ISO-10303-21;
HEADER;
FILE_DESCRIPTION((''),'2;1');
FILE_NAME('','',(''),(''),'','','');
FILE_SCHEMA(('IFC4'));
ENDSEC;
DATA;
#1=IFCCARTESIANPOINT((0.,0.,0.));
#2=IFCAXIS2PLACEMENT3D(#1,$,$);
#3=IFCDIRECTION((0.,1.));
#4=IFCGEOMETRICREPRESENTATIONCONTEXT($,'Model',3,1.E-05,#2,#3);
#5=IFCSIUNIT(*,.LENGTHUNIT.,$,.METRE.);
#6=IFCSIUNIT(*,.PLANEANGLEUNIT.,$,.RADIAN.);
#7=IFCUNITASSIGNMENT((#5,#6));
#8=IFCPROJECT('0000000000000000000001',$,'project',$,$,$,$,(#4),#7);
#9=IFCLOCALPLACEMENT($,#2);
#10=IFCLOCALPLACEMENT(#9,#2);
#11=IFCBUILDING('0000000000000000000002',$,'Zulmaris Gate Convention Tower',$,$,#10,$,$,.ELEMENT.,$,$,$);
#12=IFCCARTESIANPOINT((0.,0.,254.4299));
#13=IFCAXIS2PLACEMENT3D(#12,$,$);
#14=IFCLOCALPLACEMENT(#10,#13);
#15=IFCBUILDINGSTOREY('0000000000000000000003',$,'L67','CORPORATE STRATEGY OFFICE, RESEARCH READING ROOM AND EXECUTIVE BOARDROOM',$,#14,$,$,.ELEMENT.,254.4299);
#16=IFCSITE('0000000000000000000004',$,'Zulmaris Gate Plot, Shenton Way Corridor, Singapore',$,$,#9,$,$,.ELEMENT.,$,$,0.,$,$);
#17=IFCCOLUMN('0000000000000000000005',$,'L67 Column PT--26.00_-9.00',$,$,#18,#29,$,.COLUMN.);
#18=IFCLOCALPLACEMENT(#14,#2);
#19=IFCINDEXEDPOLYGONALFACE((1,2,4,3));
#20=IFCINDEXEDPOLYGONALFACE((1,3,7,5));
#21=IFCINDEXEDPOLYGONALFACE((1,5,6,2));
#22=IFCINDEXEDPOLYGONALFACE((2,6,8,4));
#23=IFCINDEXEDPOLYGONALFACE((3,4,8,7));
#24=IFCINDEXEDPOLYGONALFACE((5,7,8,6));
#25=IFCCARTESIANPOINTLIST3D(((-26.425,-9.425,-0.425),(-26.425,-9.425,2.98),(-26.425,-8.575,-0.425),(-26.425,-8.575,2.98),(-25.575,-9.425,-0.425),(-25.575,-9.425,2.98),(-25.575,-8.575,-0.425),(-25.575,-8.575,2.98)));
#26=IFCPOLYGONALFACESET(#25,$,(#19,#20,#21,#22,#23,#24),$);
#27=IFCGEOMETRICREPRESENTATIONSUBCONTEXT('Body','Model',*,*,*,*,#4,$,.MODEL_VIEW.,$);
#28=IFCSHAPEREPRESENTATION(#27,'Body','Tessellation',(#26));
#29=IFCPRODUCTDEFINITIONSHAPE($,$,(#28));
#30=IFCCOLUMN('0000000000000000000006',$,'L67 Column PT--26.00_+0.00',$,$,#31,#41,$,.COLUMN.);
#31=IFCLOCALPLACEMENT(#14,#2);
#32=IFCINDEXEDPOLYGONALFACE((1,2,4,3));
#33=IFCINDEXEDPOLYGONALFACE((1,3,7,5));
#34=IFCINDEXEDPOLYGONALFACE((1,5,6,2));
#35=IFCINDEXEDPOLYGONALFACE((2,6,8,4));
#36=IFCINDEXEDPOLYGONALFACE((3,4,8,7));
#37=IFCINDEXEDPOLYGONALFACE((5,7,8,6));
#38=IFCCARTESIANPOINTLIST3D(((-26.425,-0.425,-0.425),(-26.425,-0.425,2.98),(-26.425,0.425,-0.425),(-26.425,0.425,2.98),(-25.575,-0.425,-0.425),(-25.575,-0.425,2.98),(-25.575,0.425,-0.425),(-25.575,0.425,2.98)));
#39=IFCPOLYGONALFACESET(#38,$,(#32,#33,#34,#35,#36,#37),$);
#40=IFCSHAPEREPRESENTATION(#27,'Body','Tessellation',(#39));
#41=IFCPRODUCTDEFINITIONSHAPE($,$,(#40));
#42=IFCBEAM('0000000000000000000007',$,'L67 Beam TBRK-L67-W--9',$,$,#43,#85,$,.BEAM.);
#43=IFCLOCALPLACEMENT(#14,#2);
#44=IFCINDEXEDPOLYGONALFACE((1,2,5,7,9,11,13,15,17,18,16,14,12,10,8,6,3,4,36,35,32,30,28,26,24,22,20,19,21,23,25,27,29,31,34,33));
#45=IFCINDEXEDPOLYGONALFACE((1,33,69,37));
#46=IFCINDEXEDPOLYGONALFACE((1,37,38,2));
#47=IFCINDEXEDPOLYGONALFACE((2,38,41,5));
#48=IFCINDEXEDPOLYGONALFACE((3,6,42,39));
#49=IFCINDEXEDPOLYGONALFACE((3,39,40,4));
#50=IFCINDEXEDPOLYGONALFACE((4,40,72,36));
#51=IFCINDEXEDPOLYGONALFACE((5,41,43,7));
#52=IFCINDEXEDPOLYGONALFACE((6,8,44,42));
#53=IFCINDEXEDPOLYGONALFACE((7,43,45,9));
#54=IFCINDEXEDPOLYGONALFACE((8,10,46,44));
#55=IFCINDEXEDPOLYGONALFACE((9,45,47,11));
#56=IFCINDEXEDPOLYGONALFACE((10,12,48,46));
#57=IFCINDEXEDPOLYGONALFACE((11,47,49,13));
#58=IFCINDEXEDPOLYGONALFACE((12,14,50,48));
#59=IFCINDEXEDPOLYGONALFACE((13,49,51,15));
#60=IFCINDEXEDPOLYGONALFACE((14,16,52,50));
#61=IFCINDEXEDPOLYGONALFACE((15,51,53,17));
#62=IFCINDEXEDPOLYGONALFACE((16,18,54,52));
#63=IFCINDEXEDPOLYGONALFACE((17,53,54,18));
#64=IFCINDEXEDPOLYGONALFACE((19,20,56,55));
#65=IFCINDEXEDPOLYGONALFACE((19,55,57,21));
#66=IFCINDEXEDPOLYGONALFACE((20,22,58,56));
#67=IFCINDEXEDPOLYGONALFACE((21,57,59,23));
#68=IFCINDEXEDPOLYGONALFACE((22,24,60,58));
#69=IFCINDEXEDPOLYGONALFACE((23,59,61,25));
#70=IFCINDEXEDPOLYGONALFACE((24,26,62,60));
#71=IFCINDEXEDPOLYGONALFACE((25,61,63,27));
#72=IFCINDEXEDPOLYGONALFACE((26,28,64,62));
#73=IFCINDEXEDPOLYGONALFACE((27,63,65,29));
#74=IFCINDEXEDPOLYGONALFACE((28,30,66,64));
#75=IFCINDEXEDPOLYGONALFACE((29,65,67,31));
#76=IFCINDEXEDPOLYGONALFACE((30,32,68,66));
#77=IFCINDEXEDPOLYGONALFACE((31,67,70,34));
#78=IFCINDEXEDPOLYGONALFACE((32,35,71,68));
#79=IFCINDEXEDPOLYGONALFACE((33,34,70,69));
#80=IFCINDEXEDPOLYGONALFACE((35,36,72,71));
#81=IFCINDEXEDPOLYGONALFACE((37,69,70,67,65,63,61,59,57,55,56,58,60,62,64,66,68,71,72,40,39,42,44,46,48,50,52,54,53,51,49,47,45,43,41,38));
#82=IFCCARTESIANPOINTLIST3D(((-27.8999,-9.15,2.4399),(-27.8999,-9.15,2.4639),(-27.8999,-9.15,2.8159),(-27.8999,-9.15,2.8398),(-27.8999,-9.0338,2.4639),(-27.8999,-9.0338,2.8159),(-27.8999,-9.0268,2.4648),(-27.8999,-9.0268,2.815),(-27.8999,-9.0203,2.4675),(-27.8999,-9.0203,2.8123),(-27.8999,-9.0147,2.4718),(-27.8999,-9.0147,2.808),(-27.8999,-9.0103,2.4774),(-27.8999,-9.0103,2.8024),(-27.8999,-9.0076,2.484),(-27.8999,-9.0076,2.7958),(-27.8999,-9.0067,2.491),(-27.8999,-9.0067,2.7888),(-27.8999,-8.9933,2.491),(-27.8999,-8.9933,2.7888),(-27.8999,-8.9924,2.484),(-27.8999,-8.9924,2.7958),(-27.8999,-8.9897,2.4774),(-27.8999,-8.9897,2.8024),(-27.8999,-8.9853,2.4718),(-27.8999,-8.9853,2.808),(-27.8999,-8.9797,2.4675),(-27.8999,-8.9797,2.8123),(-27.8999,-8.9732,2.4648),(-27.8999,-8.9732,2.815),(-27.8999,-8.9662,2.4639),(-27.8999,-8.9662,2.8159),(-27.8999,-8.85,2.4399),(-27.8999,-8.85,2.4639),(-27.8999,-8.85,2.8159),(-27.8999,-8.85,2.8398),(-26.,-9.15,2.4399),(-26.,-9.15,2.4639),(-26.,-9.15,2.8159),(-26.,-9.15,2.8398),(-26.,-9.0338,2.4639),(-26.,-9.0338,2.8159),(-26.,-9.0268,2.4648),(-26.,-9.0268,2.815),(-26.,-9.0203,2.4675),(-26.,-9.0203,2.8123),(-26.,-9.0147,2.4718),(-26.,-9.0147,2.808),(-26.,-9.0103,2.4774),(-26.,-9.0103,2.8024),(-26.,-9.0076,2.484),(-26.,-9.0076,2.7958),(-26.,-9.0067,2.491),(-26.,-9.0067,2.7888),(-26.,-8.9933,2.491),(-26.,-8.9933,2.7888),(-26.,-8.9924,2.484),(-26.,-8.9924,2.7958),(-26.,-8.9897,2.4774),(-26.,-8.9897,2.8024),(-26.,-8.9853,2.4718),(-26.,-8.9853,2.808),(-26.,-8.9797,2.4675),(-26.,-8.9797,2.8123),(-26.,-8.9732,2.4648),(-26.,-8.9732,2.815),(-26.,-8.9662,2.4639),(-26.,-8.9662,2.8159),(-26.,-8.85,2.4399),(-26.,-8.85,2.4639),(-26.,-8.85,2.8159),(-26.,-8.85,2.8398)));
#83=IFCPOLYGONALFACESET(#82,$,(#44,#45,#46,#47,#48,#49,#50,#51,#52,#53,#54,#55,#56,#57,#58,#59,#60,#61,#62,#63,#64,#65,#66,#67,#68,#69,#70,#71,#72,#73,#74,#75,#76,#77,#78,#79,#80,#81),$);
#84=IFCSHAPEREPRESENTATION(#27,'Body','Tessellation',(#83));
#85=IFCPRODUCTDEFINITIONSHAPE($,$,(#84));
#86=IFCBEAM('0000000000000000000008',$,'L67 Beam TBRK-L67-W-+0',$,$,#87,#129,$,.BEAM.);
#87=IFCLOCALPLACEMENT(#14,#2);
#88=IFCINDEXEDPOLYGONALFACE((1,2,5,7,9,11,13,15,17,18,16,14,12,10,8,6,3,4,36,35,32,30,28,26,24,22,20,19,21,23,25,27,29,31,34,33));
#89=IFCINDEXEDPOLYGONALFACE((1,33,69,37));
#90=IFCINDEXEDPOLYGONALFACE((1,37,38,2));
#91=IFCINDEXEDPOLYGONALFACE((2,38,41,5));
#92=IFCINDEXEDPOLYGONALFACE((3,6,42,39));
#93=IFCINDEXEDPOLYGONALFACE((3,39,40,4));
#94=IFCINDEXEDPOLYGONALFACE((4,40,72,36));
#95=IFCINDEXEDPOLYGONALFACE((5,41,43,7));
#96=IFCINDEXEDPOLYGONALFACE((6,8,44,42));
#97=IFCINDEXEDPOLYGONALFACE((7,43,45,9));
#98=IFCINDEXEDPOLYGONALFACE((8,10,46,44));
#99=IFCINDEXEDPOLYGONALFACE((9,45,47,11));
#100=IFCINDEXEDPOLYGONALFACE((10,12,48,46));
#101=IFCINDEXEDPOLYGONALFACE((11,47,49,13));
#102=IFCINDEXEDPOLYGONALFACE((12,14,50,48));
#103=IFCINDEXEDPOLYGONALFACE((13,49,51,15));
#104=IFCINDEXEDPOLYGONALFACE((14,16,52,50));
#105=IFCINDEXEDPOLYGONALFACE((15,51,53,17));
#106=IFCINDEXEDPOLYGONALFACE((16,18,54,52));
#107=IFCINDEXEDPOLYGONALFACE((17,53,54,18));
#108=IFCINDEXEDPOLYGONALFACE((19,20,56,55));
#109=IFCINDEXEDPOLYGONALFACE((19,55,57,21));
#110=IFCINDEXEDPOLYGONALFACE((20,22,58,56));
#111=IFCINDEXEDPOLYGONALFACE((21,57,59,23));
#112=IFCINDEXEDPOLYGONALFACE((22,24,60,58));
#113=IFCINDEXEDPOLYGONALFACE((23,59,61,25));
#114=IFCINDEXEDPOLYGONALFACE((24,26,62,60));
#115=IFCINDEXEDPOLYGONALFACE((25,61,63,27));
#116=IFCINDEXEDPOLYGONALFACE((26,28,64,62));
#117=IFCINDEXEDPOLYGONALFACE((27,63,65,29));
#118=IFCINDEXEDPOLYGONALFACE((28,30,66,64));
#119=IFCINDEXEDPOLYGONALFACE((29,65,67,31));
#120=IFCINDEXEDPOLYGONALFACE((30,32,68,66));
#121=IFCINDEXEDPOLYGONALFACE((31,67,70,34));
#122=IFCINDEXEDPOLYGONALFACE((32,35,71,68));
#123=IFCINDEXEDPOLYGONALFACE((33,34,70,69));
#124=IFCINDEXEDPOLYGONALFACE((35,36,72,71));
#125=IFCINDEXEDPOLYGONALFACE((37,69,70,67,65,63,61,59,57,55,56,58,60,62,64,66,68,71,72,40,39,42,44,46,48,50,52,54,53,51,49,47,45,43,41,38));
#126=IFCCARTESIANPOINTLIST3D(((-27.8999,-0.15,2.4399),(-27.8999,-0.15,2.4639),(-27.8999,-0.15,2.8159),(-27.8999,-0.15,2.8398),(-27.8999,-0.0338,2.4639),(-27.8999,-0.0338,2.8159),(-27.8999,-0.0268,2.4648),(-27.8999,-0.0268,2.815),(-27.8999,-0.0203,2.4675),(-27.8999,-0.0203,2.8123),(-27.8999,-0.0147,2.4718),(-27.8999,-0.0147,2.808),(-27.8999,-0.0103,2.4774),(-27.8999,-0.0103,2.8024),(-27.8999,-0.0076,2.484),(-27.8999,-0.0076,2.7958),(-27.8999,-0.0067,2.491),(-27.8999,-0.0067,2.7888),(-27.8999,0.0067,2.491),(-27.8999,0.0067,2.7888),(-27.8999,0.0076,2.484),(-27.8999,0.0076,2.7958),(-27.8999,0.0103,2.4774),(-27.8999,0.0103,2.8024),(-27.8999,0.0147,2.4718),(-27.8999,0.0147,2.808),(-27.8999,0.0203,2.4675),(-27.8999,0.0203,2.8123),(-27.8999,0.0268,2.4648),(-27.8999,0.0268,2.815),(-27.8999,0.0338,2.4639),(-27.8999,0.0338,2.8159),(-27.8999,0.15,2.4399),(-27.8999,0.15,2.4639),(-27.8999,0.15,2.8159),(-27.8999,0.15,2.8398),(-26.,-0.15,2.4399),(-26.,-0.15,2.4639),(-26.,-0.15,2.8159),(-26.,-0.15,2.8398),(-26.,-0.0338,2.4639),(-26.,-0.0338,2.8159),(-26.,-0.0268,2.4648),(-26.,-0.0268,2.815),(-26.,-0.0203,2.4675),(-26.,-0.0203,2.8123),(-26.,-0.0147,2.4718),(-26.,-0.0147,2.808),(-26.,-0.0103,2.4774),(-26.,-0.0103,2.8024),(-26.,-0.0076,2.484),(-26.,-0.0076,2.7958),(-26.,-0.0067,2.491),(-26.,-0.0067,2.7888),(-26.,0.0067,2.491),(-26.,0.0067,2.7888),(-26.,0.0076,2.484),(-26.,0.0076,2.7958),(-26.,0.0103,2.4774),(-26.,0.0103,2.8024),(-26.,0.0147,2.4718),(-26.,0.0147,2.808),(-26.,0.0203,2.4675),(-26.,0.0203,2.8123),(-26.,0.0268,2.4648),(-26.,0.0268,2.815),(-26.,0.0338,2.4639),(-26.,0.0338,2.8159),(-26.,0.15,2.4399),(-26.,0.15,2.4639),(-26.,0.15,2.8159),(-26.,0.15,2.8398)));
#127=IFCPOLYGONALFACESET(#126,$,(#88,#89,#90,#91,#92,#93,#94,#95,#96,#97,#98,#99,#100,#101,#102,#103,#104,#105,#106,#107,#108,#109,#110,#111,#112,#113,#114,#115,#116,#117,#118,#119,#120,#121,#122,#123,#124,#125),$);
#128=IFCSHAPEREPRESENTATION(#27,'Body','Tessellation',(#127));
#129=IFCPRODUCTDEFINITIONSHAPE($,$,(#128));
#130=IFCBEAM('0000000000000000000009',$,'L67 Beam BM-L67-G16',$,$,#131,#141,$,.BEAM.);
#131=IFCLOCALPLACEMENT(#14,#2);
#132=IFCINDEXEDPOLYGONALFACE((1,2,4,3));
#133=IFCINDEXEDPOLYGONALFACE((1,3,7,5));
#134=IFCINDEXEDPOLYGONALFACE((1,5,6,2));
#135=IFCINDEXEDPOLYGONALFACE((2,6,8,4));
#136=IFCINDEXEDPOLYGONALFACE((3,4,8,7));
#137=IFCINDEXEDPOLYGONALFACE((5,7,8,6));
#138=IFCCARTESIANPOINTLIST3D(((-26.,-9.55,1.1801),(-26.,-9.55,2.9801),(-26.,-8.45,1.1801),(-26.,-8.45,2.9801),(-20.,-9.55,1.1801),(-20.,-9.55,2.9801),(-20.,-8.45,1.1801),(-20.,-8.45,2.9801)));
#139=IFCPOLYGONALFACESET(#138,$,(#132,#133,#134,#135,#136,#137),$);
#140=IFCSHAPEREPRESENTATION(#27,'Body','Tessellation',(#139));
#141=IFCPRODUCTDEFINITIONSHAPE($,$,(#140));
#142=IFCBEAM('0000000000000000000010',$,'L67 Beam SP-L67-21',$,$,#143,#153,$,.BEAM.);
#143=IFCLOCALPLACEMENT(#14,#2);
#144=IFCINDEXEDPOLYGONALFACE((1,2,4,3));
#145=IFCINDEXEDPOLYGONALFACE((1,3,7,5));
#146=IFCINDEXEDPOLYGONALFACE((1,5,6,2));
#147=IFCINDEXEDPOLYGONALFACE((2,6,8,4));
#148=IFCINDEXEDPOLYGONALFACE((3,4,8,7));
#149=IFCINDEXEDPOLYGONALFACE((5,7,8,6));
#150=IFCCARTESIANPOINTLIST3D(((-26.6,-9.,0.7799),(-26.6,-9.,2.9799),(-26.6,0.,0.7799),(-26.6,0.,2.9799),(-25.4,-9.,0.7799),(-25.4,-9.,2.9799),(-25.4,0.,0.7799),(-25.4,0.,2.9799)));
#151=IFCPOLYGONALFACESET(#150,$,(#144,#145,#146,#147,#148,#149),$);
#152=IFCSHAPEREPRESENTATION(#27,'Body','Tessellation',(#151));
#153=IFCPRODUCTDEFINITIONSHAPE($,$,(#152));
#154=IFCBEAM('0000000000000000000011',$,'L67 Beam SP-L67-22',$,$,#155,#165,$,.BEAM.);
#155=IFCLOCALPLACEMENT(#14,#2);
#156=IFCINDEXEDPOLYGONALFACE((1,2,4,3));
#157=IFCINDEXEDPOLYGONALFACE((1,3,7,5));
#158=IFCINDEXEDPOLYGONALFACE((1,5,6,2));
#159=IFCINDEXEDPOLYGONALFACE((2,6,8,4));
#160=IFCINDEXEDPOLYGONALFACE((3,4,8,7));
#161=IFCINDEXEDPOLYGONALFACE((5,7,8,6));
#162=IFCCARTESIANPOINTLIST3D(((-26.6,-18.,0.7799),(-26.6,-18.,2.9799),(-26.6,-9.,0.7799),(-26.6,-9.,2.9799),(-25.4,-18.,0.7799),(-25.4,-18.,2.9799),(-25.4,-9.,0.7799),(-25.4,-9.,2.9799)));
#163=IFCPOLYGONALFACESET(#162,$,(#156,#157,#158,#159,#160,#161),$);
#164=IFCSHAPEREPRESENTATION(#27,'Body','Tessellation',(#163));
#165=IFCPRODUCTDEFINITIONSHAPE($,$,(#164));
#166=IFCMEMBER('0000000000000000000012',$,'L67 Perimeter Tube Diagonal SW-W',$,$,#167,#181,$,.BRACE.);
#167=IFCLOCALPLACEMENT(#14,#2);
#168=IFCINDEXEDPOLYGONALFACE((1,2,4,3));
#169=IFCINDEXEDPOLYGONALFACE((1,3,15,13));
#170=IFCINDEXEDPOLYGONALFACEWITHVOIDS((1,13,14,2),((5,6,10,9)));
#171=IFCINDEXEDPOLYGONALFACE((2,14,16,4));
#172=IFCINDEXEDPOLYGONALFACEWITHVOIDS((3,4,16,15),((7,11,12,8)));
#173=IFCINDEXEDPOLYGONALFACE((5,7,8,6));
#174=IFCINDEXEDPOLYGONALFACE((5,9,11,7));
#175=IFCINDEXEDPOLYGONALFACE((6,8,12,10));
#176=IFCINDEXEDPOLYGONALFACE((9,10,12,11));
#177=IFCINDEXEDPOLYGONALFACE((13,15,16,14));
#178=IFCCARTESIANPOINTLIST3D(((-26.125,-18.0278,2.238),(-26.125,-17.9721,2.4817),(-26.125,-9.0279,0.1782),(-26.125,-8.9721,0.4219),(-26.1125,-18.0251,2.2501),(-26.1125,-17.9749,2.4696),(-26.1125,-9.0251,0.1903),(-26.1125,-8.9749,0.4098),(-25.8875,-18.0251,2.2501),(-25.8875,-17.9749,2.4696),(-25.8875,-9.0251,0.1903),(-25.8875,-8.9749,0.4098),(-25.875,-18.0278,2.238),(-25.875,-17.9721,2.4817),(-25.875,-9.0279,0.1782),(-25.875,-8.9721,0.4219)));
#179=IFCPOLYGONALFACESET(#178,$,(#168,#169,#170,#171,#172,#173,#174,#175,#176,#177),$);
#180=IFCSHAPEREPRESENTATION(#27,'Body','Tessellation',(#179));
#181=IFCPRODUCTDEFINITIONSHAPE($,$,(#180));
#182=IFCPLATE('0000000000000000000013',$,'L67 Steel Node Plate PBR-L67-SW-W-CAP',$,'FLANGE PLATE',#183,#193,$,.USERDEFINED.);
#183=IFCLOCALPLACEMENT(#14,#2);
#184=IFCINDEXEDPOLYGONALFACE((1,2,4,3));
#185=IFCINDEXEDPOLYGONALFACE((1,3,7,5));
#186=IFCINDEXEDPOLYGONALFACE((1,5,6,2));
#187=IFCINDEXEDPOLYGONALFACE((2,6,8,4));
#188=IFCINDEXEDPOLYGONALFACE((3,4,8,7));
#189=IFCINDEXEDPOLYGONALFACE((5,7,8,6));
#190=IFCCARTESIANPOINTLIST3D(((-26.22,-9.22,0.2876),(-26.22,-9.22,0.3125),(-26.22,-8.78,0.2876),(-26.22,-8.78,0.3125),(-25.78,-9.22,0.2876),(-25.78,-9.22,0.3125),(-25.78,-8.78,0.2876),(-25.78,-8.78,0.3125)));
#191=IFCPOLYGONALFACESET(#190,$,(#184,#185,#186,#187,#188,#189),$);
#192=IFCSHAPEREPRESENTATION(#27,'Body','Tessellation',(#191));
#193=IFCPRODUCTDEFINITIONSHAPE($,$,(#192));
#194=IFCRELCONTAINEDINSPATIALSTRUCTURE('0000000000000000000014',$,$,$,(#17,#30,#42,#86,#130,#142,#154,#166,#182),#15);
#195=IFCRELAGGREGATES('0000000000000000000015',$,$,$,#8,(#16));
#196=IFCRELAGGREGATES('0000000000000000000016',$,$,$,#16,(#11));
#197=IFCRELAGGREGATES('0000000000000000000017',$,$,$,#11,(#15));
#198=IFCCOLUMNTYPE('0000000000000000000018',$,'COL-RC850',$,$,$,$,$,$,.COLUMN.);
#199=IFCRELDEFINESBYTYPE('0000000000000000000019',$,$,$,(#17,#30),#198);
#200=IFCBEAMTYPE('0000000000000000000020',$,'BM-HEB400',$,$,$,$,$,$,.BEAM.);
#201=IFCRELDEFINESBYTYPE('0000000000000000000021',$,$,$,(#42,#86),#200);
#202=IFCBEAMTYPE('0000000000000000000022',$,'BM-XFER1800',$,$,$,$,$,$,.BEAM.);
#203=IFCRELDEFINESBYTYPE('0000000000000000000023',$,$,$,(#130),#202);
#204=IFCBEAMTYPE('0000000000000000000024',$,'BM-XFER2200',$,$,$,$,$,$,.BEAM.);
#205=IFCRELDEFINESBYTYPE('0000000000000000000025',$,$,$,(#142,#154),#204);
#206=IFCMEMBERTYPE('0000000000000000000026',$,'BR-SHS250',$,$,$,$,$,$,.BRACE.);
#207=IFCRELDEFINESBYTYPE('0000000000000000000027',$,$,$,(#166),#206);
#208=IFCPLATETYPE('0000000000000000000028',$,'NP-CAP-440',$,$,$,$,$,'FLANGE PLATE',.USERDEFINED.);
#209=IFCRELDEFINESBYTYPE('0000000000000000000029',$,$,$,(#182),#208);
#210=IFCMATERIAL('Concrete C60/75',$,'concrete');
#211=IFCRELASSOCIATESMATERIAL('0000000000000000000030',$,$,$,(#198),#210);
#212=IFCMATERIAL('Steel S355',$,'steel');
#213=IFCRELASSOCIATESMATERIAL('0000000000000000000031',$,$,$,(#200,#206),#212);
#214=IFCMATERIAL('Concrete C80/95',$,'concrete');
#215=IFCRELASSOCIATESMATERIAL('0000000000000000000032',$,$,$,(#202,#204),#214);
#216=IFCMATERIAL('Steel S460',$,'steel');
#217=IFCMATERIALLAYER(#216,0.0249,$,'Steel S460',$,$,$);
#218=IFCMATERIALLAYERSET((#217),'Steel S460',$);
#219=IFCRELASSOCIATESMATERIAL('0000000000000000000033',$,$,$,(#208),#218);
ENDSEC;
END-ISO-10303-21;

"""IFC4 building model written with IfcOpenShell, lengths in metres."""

from ifc_helpers import new_model, si_unit, direction, frame, origin, origin_2d, place, context, subcontext, project, spatial, rectangle, hollow_rectangle, i_section, extrude, material, layer, layer_set, material_profile, profile_set, type_object, element, save


model = new_model("IFC4")

# Units and contexts
model_context = context("Model", 3, precision=1e-05, world=origin(), true_north=direction((0.0, 1.0)))
body_context = subcontext(model_context, "Body", "Model", "MODEL_VIEW")
ifc_project = project(units=[si_unit("LENGTHUNIT", "METRE"), si_unit("PLANEANGLEUNIT", "RADIAN")], contexts=[model_context])

# Site, building, storey
site_placement = place(None, origin())
site = spatial("IfcSite", under=ifc_project, at=site_placement, Name="Zulmaris Gate Plot, Shenton Way Corridor, Singapore", CompositionType="ELEMENT", RefElevation=0.0)
building_placement = place(site_placement, origin())
building = spatial("IfcBuilding", under=site, at=building_placement, Name="Zulmaris Gate Convention Tower", CompositionType="ELEMENT")
storey_placement = place(building_placement, frame((0.0, 0.0, 254.4299)))
storey = spatial("IfcBuildingStorey", under=building, at=storey_placement, Name="L67", Description="CORPORATE STRATEGY OFFICE, RESEARCH READING ROOM AND EXECUTIVE BOARDROOM", CompositionType="ELEMENT", Elevation=254.4299)

# Columns
ifc_material_1 = material(Name="Concrete C60/75", Category="concrete")
ifc_material_profile_1 = material_profile(ifc_material_1, rectangle(XDim=0.8501, YDim=0.8501, at=origin_2d()), Name="RC COL 850x850")
ifc_profile_set_1 = profile_set([ifc_material_profile_1], Name="Concrete C60/75")
column_type = type_object("IfcColumnType", Name="COL-RC850", PredefinedType="COLUMN", material=ifc_profile_set_1)
for number, where, z_axis, x_axis, name in (
    (1, (-26.0, -9.0, -0.425), (0.0, 0.0, 1.0), (1.0, 0.0, 0.0), "L67 Column PT--26.00_-9.00"),
    (2, (-26.0, 0.0, -0.425), (0.0, 0.0, 1.0), (1.0, 0.0, 0.0), "L67 Column PT--26.00_+0.00"),
):
    element("IfcColumn", number, at=place(storey_placement, frame(where, z_axis=z_axis, x_axis=x_axis)), inside=storey, type_object=column_type, Name=name, PredefinedType="COLUMN", context=body_context, shape_type="SweptSolid", body=[
        extrude(rectangle(XDim=0.8501, YDim=0.8501, at=origin_2d()), origin(), (0.0, 0.0, 1.0), 3.405),
    ])

# Beams
ifc_material_2 = material(Name="Steel S355", Category="steel")
ifc_material_profile_2 = material_profile(ifc_material_2, i_section(OverallWidth=0.3, OverallDepth=0.3999, WebThickness=0.0134, FlangeThickness=0.0239, FilletRadius=0.0271, at=origin_2d()), Name="HEB 400")
ifc_profile_set_2 = profile_set([ifc_material_profile_2], Name="Steel S355")
beam_type_1 = type_object("IfcBeamType", Name="BM-HEB400", PredefinedType="BEAM", material=ifc_profile_set_2)
for number, where, z_axis, x_axis, name in (
    (3, (-27.8999, -9.0, 2.6399), (1.0, 0.0, 0.0), (0.0, 1.0, 0.0), "L67 Beam TBRK-L67-W--9"),
    (4, (-27.8999, 0.0, 2.6399), (1.0, 0.0, 0.0), (0.0, 1.0, 0.0), "L67 Beam TBRK-L67-W-+0"),
):
    element("IfcBeam", number, at=place(storey_placement, frame(where, z_axis=z_axis, x_axis=x_axis)), inside=storey, type_object=beam_type_1, Name=name, PredefinedType="BEAM", context=body_context, shape_type="SweptSolid", body=[
        extrude(i_section(OverallWidth=0.3, OverallDepth=0.3999, WebThickness=0.0134, FlangeThickness=0.0239, FilletRadius=0.0271, at=origin_2d()), origin(), (0.0, 0.0, 1.0), 1.8999),
    ])
ifc_material_3 = material(Name="Concrete C80/95", Category="concrete")
ifc_material_profile_3 = material_profile(ifc_material_3, rectangle(XDim=1.1001, YDim=1.8, at=origin_2d()), Name="RC TRANSFER 1100x1800")
ifc_profile_set_3 = profile_set([ifc_material_profile_3], Name="Concrete C80/95")
beam_type_2 = type_object("IfcBeamType", Name="BM-XFER1800", PredefinedType="BEAM", material=ifc_profile_set_3)
beam_placement = place(storey_placement, frame((-26.0, -9.0, 2.0801), z_axis=(1.0, 0.0, 0.0), x_axis=(0.0, 1.0, 0.0)))
element("IfcBeam", 5, at=beam_placement, inside=storey, type_object=beam_type_2, Name="L67 Beam BM-L67-G16", PredefinedType="BEAM", context=body_context, shape_type="SweptSolid", body=[
    extrude(rectangle(XDim=1.1001, YDim=1.8, at=origin_2d()), origin(), (0.0, 0.0, 1.0), 6.0),
])
ifc_material_profile_4 = material_profile(ifc_material_3, rectangle(XDim=1.2, YDim=2.2, at=origin_2d()), Name="RC TRANSFER 1200x2200")
ifc_profile_set_4 = profile_set([ifc_material_profile_4], Name="Concrete C80/95")
beam_type_3 = type_object("IfcBeamType", Name="BM-XFER2200", PredefinedType="BEAM", material=ifc_profile_set_4)
for number, where, z_axis, x_axis, name in (
    (6, (-26.0, 0.0, 1.8799), (0.0, -1.0, 0.0), (1.0, 0.0, 0.0), "L67 Beam SP-L67-21"),
    (7, (-26.0, -9.0, 1.8799), (0.0, -1.0, 0.0), (1.0, 0.0, 0.0), "L67 Beam SP-L67-22"),
):
    element("IfcBeam", number, at=place(storey_placement, frame(where, z_axis=z_axis, x_axis=x_axis)), inside=storey, type_object=beam_type_3, Name=name, PredefinedType="BEAM", context=body_context, shape_type="SweptSolid", body=[
        extrude(rectangle(XDim=1.2, YDim=2.2, at=origin_2d()), origin(), (0.0, 0.0, 1.0), 9.0),
    ])

# Member
ifc_material_profile_5 = material_profile(ifc_material_2, hollow_rectangle(XDim=0.25, YDim=0.25, WallThickness=0.0125, at=origin_2d()), Name="SHS 250x250x12.5")
ifc_profile_set_5 = profile_set([ifc_material_profile_5], Name="Steel S355")
member_type = type_object("IfcMemberType", Name="BR-SHS250", PredefinedType="BRACE", material=ifc_profile_set_5)
member_placement = place(storey_placement, frame((-26.0, -9.0, 0.3), z_axis=(0.0, -0.974796, 0.2231), x_axis=(1.0, 0.0, 0.0)))
element("IfcMember", 8, at=member_placement, inside=storey, type_object=member_type, Name="L67 Perimeter Tube Diagonal SW-W", PredefinedType="BRACE", context=body_context, shape_type="SweptSolid", body=[
    extrude(hollow_rectangle(XDim=0.25, YDim=0.25, WallThickness=0.0125, at=origin_2d()), origin(), (0.0, 0.0, 1.0), 9.2327),
])

# Plate
ifc_material_4 = material(Name="Steel S460", Category="steel")
ifc_layer_1 = layer(ifc_material_4, 0.0249, Name="Steel S460")
ifc_layer_set_1 = layer_set([ifc_layer_1], Name="Steel S460")
plate_type = type_object("IfcPlateType", Name="NP-CAP-440", ElementType="FLANGE PLATE", PredefinedType="USERDEFINED", material=ifc_layer_set_1)
plate_placement = place(storey_placement, frame((-26.0, -9.0, 0.2876), z_axis=(0.0, 0.0, 1.0), x_axis=(1.0, 0.0, 0.0)))
element("IfcPlate", 9, at=plate_placement, inside=storey, type_object=plate_type, Name="L67 Steel Node Plate PBR-L67-SW-W-CAP", ObjectType="FLANGE PLATE", PredefinedType="USERDEFINED", context=body_context, shape_type="SweptSolid", body=[
    extrude(rectangle(XDim=0.4399, YDim=0.4399, at=origin_2d()), origin(), (0.0, 0.0, 1.0), 0.0249),
])

save(model, "model.ifc")
